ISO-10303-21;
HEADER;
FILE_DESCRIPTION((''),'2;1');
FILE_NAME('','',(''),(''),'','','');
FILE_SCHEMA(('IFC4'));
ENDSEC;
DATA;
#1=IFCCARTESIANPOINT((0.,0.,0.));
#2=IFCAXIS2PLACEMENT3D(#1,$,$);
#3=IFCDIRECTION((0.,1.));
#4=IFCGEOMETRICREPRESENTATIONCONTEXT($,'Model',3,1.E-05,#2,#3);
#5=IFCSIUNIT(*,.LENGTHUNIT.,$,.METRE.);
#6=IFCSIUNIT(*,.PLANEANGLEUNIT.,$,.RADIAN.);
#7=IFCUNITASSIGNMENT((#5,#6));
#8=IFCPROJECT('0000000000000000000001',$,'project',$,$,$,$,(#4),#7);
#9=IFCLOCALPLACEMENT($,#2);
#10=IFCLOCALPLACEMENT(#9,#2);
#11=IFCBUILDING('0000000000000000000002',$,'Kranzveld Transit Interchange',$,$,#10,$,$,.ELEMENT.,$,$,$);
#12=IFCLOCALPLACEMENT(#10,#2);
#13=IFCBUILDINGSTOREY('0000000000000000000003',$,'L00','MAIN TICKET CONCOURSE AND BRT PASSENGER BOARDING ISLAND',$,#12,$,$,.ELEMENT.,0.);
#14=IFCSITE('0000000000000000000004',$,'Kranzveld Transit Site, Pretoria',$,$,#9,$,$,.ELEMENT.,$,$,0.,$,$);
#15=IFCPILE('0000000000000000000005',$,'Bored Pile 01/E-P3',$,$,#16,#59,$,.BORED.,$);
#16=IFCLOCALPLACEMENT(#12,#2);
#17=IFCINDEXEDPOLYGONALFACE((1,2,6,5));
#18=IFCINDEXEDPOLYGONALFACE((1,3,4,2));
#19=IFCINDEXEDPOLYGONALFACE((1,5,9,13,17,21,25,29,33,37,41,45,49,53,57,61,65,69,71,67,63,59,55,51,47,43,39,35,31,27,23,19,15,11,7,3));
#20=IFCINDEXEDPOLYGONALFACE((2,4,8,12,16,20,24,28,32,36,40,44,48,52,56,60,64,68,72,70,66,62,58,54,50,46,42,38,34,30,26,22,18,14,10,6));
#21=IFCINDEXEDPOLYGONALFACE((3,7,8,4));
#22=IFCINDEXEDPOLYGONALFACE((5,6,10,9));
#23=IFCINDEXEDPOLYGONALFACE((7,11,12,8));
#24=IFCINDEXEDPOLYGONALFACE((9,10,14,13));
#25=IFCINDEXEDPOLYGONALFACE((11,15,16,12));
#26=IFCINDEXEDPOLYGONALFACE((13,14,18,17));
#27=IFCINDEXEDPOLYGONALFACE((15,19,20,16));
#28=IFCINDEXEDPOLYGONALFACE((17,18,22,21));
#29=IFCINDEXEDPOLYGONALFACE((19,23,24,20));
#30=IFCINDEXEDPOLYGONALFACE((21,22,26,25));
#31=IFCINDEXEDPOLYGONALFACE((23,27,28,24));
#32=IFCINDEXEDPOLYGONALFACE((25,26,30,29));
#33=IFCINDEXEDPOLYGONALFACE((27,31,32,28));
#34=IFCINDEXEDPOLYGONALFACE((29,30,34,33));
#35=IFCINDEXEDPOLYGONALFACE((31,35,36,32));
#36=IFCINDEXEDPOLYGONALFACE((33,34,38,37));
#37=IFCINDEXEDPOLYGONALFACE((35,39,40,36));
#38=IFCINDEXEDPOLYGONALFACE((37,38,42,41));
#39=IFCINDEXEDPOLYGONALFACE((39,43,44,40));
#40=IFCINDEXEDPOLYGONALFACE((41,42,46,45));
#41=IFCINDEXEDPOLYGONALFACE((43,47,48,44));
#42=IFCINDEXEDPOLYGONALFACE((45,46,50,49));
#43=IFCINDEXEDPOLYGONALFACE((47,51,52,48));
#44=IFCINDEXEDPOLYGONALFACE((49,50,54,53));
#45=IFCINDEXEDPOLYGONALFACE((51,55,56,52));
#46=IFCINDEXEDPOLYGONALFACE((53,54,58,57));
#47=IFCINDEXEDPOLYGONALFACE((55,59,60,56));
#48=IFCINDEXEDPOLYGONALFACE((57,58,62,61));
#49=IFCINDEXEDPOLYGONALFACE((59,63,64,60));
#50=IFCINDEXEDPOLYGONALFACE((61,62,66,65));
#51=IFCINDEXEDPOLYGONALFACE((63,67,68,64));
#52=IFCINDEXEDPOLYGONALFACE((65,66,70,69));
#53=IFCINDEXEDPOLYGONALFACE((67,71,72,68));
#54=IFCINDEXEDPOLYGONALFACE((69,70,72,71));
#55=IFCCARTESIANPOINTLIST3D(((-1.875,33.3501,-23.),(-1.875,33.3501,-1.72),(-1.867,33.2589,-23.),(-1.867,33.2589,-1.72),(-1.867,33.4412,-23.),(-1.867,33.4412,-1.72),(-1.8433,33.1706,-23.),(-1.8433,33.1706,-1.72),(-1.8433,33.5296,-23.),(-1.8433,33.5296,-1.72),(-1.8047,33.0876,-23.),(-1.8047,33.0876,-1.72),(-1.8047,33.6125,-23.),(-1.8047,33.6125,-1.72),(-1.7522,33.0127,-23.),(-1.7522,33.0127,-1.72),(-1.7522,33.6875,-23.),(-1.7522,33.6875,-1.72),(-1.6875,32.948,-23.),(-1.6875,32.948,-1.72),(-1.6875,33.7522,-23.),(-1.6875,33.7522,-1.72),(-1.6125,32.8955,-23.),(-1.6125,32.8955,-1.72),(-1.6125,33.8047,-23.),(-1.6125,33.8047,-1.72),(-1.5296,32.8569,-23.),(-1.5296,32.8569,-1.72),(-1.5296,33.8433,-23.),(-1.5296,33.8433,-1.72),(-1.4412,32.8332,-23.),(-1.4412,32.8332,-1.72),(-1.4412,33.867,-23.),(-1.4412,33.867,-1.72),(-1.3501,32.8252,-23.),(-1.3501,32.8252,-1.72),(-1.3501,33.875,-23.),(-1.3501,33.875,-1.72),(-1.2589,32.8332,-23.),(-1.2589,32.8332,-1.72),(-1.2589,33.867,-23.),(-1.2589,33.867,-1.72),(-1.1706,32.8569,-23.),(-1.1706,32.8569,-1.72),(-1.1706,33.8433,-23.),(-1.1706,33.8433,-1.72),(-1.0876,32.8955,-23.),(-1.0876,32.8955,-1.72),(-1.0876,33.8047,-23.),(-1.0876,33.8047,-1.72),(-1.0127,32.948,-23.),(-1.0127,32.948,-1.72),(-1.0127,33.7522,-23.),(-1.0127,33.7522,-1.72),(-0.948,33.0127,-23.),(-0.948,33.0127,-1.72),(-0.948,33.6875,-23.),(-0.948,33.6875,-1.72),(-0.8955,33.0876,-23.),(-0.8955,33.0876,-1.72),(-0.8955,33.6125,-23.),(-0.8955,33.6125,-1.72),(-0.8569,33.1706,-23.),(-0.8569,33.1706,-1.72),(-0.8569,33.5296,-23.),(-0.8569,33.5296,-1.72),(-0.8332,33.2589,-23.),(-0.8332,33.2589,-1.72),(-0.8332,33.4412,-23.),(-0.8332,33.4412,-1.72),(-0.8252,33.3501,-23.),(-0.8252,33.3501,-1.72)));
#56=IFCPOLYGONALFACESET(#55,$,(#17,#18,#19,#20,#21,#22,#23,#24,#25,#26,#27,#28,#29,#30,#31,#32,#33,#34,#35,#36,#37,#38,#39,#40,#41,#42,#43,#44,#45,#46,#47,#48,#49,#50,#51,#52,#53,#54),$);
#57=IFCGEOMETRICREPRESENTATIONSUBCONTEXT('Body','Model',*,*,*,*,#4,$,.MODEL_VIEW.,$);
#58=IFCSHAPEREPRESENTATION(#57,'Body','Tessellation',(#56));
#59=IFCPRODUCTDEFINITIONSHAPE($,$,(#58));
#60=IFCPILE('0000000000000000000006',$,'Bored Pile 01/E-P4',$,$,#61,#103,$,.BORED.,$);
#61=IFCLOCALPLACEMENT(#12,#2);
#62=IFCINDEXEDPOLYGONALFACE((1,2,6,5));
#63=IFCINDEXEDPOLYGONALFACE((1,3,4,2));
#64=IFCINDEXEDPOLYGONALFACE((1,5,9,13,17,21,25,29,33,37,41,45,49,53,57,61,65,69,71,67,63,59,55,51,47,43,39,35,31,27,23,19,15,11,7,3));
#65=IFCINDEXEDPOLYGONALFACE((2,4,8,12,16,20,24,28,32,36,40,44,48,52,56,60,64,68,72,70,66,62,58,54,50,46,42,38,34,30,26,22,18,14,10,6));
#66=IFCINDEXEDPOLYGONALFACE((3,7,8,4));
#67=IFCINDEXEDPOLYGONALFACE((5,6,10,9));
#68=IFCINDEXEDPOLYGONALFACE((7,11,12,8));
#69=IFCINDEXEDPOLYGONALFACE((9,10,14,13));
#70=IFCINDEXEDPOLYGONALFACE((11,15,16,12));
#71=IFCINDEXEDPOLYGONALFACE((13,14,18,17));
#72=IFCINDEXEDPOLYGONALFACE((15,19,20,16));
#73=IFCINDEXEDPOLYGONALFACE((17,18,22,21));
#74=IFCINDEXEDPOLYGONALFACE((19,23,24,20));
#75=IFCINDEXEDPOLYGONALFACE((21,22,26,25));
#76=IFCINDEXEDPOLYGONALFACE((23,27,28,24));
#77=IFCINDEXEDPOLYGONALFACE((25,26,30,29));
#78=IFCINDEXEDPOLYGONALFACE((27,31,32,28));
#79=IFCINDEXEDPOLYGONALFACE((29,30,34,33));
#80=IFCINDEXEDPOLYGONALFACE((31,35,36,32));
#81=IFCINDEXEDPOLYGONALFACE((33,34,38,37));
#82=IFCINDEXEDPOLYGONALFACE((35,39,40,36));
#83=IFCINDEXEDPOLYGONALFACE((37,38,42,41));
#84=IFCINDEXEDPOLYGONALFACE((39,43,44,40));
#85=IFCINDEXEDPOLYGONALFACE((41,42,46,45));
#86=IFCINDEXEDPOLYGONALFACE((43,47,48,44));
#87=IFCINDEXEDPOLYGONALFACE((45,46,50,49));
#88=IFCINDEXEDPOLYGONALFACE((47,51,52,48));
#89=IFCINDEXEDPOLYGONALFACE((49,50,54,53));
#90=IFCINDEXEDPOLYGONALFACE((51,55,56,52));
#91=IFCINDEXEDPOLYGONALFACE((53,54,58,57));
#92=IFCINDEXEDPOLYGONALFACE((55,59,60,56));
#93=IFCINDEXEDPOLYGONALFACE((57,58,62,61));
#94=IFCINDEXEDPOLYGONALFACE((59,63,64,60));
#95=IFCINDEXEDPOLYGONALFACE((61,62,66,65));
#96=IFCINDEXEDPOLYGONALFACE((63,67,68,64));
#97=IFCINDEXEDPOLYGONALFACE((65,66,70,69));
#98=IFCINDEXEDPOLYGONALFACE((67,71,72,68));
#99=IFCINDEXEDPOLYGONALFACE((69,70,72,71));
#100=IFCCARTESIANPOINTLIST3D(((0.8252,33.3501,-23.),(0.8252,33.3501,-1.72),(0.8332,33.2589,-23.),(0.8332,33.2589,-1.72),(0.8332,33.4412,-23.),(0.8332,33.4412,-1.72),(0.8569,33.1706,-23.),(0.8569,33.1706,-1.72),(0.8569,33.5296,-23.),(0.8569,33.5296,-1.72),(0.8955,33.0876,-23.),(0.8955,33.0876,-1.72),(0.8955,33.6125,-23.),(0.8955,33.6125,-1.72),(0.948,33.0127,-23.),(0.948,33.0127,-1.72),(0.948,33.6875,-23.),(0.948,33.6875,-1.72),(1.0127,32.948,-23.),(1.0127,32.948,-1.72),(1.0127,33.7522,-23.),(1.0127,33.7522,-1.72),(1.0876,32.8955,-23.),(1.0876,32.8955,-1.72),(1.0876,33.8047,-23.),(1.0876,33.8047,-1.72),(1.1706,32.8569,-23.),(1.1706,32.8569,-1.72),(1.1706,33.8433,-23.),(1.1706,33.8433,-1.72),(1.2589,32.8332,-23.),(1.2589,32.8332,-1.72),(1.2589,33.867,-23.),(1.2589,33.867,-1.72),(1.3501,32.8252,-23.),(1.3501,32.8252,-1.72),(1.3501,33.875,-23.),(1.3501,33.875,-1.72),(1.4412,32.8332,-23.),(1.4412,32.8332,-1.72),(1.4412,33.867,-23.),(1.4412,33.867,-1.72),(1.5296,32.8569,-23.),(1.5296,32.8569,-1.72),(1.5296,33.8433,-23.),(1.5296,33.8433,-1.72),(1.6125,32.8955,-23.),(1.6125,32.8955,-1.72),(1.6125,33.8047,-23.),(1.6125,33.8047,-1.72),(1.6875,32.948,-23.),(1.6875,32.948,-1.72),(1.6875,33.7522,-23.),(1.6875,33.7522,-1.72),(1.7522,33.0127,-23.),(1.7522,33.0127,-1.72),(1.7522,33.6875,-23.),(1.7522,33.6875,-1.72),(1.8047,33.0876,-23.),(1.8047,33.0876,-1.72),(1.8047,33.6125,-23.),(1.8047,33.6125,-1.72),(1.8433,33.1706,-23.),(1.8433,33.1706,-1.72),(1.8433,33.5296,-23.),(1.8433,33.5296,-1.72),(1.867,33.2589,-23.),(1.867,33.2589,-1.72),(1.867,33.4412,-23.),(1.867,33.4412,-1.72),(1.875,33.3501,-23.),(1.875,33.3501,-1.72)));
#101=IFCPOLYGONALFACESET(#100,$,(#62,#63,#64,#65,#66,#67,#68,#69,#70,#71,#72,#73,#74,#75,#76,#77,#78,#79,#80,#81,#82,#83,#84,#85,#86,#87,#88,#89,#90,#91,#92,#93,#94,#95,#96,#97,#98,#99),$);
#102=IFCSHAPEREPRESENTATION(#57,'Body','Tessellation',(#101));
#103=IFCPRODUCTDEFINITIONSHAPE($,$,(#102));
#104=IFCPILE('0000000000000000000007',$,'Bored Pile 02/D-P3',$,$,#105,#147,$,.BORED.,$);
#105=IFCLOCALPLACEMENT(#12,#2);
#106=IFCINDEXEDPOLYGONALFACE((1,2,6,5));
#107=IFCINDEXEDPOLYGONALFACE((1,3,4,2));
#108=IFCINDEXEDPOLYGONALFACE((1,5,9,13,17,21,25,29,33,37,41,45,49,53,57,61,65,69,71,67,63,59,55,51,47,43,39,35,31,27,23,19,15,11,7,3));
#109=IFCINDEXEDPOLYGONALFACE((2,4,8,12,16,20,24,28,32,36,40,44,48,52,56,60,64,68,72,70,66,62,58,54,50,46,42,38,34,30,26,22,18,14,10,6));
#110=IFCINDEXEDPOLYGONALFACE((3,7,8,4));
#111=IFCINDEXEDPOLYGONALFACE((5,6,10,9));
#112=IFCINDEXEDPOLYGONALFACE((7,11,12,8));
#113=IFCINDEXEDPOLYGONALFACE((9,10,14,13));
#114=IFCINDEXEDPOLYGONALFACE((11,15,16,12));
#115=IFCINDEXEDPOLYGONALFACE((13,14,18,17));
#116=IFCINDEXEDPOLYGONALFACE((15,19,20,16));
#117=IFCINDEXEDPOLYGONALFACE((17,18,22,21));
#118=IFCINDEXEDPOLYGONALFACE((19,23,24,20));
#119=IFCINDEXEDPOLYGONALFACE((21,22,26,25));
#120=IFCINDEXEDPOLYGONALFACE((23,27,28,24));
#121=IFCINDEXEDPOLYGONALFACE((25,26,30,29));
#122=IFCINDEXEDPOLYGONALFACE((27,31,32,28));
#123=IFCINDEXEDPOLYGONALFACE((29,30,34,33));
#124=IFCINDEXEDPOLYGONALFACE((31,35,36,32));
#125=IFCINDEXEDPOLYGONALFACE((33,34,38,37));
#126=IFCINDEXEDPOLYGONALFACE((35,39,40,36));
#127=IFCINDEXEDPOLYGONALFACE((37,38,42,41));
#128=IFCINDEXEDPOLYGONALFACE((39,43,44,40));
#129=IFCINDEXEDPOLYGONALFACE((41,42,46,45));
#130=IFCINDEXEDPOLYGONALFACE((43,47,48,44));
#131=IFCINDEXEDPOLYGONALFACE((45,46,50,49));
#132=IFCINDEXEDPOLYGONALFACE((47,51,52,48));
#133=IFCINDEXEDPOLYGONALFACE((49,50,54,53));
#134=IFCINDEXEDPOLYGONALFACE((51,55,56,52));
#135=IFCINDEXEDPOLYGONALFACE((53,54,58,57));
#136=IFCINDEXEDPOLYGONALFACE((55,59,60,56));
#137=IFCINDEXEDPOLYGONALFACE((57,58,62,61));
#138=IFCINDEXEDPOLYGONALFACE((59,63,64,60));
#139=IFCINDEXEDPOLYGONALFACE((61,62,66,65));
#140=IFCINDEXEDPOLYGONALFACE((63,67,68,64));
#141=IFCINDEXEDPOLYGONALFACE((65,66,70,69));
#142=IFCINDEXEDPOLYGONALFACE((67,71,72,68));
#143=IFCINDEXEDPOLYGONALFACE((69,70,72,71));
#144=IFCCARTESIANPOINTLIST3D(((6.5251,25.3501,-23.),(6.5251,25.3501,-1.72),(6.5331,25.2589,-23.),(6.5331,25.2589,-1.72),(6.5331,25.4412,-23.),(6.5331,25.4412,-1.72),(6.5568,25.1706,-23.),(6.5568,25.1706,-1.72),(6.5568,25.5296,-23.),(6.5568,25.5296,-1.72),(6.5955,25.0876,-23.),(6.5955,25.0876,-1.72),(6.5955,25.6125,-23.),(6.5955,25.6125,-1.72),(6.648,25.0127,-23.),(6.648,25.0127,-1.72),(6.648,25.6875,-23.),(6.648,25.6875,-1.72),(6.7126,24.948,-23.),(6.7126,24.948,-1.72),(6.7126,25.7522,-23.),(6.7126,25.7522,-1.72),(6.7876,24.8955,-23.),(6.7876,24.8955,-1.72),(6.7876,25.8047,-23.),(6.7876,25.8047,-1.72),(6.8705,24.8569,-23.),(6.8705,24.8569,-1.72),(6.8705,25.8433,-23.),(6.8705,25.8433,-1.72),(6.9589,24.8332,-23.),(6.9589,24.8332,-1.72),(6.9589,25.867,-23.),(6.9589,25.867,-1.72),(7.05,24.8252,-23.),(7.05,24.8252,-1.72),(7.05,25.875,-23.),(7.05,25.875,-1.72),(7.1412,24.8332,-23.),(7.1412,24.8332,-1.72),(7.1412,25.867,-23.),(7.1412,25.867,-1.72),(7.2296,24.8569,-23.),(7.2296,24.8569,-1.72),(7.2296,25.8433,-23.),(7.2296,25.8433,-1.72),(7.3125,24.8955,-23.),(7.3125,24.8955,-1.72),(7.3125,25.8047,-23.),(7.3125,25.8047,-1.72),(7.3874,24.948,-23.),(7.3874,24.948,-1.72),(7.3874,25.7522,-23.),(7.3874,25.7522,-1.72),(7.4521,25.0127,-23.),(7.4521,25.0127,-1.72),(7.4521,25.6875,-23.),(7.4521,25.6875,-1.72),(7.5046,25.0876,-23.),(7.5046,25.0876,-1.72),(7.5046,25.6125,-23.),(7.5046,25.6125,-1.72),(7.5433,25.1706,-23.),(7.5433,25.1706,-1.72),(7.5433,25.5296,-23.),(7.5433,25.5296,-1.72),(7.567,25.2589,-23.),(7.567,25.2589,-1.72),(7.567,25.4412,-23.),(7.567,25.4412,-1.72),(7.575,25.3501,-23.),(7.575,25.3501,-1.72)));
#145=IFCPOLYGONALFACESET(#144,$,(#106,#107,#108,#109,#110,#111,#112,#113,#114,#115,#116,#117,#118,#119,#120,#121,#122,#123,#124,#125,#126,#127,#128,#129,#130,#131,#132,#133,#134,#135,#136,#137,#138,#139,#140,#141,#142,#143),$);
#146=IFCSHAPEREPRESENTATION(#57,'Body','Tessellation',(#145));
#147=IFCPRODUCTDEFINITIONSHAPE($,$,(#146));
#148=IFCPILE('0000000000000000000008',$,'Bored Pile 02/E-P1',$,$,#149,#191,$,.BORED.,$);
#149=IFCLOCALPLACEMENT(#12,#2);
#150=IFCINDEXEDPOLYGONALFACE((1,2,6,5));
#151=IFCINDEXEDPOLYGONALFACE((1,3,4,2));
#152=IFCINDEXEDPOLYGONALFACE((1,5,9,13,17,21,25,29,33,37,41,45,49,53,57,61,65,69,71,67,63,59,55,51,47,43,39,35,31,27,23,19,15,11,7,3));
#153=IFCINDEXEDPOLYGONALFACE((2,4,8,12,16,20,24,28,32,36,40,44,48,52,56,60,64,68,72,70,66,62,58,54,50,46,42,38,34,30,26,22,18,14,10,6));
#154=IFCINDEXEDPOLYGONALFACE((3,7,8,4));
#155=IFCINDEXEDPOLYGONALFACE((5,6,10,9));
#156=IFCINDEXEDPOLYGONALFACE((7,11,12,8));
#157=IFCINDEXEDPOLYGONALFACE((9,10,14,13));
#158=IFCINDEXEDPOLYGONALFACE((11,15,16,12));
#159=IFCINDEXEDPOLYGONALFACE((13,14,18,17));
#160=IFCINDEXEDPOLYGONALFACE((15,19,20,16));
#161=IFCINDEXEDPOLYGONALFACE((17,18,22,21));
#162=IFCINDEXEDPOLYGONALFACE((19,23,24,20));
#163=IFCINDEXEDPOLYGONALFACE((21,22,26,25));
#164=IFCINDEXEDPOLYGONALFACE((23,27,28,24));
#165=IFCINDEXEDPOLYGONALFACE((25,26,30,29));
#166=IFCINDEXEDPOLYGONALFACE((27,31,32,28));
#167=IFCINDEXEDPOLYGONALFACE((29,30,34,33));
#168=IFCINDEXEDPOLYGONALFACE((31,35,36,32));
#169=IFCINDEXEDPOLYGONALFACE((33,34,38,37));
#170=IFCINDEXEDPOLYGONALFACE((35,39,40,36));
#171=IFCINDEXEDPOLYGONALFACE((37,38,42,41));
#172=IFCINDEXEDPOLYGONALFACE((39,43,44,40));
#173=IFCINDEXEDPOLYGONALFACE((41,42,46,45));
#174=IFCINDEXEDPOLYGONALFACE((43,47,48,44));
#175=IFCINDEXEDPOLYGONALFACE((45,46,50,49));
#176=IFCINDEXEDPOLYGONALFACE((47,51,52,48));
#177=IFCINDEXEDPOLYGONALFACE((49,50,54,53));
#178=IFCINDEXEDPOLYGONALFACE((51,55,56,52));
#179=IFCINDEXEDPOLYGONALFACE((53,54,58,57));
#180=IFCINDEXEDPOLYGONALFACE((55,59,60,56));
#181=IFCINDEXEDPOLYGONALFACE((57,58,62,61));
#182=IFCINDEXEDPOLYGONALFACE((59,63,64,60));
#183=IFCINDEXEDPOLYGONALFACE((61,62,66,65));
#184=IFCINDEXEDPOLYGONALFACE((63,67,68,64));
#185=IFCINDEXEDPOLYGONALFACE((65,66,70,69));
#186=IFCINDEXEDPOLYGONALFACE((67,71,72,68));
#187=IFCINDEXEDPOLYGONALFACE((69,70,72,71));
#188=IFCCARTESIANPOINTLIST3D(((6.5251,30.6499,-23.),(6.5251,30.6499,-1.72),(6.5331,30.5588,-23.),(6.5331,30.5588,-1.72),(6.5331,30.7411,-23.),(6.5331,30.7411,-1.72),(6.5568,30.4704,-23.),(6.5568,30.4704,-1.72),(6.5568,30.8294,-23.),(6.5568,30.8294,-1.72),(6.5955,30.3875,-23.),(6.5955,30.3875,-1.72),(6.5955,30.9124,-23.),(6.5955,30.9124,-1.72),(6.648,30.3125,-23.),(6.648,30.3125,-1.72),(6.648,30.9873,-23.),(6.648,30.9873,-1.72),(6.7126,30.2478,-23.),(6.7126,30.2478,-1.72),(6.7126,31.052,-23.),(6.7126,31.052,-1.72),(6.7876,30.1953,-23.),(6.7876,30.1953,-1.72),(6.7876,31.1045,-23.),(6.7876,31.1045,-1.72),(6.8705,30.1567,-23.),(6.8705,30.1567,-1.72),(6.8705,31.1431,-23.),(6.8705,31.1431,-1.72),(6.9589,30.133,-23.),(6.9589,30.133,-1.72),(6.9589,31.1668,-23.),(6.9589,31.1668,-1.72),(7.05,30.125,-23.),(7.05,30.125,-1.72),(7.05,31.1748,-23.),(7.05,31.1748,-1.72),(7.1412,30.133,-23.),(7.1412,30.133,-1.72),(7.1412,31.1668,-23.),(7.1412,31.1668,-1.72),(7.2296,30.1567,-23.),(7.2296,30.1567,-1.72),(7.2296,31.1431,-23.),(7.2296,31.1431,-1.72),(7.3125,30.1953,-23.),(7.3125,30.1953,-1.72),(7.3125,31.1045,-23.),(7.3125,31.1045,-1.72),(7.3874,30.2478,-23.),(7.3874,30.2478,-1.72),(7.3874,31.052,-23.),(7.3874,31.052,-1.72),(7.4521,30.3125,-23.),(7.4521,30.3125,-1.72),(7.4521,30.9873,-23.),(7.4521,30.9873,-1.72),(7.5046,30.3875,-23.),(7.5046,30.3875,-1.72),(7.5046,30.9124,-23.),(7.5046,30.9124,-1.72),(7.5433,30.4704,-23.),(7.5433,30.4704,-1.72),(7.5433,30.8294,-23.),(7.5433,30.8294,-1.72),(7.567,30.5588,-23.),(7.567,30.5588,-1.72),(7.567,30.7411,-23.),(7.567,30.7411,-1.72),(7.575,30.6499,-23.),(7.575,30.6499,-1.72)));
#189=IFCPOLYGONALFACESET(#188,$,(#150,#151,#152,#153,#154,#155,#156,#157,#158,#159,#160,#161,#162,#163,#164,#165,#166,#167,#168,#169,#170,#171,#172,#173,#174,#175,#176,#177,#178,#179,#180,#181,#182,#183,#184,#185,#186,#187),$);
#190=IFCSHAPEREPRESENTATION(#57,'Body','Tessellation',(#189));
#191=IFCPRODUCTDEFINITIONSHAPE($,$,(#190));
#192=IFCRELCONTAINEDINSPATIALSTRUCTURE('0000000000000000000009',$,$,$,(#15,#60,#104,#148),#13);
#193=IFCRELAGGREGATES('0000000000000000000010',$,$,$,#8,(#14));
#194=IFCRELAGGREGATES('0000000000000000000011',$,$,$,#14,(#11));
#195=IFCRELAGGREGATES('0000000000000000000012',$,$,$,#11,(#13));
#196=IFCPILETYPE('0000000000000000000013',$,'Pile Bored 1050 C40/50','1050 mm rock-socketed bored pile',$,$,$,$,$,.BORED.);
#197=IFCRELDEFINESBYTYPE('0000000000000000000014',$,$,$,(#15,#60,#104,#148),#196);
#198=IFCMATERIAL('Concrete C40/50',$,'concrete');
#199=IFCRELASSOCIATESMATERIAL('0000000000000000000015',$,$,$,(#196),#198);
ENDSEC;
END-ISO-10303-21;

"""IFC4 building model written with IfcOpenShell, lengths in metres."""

from ifc_helpers import new_model, si_unit, direction, frame, origin, origin_2d, place, context, subcontext, project, spatial, circle, extrude, material, material_profile, profile_set, type_object, element, save


model = new_model("IFC4")

# Units and contexts
model_context = context("Model", 3, precision=1e-05, world=origin(), true_north=direction((0.0, 1.0)))
body_context = subcontext(model_context, "Body", "Model", "MODEL_VIEW")
ifc_project = project(units=[si_unit("LENGTHUNIT", "METRE"), si_unit("PLANEANGLEUNIT", "RADIAN")], contexts=[model_context])

# Site, building, storey
site_placement = place(None, origin())
site = spatial("IfcSite", under=ifc_project, at=site_placement, Name="Kranzveld Transit Site, Pretoria", CompositionType="ELEMENT", RefElevation=0.0)
building_placement = place(site_placement, origin())
building = spatial("IfcBuilding", under=site, at=building_placement, Name="Kranzveld Transit Interchange", CompositionType="ELEMENT")
storey_placement = place(building_placement, origin())
storey = spatial("IfcBuildingStorey", under=building, at=storey_placement, Name="L00", Description="MAIN TICKET CONCOURSE AND BRT PASSENGER BOARDING ISLAND", CompositionType="ELEMENT", Elevation=0.0)

# Piles
ifc_material_1 = material(Name="Concrete C40/50", Category="concrete")
ifc_material_profile_1 = material_profile(ifc_material_1, circle(Radius=0.5249, at=origin_2d()), Name="BORED PILE 1050")
ifc_profile_set_1 = profile_set([ifc_material_profile_1], Name="Concrete C40/50")
pile_type_1 = type_object("IfcPileType", Name="Pile Bored 1050 C40/50", Description="1050 mm rock-socketed bored pile", PredefinedType="BORED", material=ifc_profile_set_1)
for number, where, z_axis, x_axis, name in (
    (1, (-1.3501, 33.3501, -1.72), (0.0, 0.0, -1.0), (1.0, 0.0, 0.0), "Bored Pile 01/E-P3"),
    (2, (1.3501, 33.3501, -1.72), (0.0, 0.0, -1.0), (1.0, 0.0, 0.0), "Bored Pile 01/E-P4"),
    (3, (7.05, 25.3501, -1.72), (0.0, 0.0, -1.0), (1.0, 0.0, 0.0), "Bored Pile 02/D-P3"),
    (4, (7.05, 30.6499, -1.72), (0.0, 0.0, -1.0), (1.0, 0.0, 0.0), "Bored Pile 02/E-P1"),
):
    element("IfcPile", number, at=place(storey_placement, frame(where, z_axis=z_axis, x_axis=x_axis)), inside=storey, type_object=pile_type_1, Name=name, PredefinedType="BORED", context=body_context, shape_type="SweptSolid", body=[
        extrude(circle(Radius=0.5249, at=origin_2d()), origin(), (0.0, 0.0, 1.0), 21.28),
    ])

save(model, "model.ifc")
